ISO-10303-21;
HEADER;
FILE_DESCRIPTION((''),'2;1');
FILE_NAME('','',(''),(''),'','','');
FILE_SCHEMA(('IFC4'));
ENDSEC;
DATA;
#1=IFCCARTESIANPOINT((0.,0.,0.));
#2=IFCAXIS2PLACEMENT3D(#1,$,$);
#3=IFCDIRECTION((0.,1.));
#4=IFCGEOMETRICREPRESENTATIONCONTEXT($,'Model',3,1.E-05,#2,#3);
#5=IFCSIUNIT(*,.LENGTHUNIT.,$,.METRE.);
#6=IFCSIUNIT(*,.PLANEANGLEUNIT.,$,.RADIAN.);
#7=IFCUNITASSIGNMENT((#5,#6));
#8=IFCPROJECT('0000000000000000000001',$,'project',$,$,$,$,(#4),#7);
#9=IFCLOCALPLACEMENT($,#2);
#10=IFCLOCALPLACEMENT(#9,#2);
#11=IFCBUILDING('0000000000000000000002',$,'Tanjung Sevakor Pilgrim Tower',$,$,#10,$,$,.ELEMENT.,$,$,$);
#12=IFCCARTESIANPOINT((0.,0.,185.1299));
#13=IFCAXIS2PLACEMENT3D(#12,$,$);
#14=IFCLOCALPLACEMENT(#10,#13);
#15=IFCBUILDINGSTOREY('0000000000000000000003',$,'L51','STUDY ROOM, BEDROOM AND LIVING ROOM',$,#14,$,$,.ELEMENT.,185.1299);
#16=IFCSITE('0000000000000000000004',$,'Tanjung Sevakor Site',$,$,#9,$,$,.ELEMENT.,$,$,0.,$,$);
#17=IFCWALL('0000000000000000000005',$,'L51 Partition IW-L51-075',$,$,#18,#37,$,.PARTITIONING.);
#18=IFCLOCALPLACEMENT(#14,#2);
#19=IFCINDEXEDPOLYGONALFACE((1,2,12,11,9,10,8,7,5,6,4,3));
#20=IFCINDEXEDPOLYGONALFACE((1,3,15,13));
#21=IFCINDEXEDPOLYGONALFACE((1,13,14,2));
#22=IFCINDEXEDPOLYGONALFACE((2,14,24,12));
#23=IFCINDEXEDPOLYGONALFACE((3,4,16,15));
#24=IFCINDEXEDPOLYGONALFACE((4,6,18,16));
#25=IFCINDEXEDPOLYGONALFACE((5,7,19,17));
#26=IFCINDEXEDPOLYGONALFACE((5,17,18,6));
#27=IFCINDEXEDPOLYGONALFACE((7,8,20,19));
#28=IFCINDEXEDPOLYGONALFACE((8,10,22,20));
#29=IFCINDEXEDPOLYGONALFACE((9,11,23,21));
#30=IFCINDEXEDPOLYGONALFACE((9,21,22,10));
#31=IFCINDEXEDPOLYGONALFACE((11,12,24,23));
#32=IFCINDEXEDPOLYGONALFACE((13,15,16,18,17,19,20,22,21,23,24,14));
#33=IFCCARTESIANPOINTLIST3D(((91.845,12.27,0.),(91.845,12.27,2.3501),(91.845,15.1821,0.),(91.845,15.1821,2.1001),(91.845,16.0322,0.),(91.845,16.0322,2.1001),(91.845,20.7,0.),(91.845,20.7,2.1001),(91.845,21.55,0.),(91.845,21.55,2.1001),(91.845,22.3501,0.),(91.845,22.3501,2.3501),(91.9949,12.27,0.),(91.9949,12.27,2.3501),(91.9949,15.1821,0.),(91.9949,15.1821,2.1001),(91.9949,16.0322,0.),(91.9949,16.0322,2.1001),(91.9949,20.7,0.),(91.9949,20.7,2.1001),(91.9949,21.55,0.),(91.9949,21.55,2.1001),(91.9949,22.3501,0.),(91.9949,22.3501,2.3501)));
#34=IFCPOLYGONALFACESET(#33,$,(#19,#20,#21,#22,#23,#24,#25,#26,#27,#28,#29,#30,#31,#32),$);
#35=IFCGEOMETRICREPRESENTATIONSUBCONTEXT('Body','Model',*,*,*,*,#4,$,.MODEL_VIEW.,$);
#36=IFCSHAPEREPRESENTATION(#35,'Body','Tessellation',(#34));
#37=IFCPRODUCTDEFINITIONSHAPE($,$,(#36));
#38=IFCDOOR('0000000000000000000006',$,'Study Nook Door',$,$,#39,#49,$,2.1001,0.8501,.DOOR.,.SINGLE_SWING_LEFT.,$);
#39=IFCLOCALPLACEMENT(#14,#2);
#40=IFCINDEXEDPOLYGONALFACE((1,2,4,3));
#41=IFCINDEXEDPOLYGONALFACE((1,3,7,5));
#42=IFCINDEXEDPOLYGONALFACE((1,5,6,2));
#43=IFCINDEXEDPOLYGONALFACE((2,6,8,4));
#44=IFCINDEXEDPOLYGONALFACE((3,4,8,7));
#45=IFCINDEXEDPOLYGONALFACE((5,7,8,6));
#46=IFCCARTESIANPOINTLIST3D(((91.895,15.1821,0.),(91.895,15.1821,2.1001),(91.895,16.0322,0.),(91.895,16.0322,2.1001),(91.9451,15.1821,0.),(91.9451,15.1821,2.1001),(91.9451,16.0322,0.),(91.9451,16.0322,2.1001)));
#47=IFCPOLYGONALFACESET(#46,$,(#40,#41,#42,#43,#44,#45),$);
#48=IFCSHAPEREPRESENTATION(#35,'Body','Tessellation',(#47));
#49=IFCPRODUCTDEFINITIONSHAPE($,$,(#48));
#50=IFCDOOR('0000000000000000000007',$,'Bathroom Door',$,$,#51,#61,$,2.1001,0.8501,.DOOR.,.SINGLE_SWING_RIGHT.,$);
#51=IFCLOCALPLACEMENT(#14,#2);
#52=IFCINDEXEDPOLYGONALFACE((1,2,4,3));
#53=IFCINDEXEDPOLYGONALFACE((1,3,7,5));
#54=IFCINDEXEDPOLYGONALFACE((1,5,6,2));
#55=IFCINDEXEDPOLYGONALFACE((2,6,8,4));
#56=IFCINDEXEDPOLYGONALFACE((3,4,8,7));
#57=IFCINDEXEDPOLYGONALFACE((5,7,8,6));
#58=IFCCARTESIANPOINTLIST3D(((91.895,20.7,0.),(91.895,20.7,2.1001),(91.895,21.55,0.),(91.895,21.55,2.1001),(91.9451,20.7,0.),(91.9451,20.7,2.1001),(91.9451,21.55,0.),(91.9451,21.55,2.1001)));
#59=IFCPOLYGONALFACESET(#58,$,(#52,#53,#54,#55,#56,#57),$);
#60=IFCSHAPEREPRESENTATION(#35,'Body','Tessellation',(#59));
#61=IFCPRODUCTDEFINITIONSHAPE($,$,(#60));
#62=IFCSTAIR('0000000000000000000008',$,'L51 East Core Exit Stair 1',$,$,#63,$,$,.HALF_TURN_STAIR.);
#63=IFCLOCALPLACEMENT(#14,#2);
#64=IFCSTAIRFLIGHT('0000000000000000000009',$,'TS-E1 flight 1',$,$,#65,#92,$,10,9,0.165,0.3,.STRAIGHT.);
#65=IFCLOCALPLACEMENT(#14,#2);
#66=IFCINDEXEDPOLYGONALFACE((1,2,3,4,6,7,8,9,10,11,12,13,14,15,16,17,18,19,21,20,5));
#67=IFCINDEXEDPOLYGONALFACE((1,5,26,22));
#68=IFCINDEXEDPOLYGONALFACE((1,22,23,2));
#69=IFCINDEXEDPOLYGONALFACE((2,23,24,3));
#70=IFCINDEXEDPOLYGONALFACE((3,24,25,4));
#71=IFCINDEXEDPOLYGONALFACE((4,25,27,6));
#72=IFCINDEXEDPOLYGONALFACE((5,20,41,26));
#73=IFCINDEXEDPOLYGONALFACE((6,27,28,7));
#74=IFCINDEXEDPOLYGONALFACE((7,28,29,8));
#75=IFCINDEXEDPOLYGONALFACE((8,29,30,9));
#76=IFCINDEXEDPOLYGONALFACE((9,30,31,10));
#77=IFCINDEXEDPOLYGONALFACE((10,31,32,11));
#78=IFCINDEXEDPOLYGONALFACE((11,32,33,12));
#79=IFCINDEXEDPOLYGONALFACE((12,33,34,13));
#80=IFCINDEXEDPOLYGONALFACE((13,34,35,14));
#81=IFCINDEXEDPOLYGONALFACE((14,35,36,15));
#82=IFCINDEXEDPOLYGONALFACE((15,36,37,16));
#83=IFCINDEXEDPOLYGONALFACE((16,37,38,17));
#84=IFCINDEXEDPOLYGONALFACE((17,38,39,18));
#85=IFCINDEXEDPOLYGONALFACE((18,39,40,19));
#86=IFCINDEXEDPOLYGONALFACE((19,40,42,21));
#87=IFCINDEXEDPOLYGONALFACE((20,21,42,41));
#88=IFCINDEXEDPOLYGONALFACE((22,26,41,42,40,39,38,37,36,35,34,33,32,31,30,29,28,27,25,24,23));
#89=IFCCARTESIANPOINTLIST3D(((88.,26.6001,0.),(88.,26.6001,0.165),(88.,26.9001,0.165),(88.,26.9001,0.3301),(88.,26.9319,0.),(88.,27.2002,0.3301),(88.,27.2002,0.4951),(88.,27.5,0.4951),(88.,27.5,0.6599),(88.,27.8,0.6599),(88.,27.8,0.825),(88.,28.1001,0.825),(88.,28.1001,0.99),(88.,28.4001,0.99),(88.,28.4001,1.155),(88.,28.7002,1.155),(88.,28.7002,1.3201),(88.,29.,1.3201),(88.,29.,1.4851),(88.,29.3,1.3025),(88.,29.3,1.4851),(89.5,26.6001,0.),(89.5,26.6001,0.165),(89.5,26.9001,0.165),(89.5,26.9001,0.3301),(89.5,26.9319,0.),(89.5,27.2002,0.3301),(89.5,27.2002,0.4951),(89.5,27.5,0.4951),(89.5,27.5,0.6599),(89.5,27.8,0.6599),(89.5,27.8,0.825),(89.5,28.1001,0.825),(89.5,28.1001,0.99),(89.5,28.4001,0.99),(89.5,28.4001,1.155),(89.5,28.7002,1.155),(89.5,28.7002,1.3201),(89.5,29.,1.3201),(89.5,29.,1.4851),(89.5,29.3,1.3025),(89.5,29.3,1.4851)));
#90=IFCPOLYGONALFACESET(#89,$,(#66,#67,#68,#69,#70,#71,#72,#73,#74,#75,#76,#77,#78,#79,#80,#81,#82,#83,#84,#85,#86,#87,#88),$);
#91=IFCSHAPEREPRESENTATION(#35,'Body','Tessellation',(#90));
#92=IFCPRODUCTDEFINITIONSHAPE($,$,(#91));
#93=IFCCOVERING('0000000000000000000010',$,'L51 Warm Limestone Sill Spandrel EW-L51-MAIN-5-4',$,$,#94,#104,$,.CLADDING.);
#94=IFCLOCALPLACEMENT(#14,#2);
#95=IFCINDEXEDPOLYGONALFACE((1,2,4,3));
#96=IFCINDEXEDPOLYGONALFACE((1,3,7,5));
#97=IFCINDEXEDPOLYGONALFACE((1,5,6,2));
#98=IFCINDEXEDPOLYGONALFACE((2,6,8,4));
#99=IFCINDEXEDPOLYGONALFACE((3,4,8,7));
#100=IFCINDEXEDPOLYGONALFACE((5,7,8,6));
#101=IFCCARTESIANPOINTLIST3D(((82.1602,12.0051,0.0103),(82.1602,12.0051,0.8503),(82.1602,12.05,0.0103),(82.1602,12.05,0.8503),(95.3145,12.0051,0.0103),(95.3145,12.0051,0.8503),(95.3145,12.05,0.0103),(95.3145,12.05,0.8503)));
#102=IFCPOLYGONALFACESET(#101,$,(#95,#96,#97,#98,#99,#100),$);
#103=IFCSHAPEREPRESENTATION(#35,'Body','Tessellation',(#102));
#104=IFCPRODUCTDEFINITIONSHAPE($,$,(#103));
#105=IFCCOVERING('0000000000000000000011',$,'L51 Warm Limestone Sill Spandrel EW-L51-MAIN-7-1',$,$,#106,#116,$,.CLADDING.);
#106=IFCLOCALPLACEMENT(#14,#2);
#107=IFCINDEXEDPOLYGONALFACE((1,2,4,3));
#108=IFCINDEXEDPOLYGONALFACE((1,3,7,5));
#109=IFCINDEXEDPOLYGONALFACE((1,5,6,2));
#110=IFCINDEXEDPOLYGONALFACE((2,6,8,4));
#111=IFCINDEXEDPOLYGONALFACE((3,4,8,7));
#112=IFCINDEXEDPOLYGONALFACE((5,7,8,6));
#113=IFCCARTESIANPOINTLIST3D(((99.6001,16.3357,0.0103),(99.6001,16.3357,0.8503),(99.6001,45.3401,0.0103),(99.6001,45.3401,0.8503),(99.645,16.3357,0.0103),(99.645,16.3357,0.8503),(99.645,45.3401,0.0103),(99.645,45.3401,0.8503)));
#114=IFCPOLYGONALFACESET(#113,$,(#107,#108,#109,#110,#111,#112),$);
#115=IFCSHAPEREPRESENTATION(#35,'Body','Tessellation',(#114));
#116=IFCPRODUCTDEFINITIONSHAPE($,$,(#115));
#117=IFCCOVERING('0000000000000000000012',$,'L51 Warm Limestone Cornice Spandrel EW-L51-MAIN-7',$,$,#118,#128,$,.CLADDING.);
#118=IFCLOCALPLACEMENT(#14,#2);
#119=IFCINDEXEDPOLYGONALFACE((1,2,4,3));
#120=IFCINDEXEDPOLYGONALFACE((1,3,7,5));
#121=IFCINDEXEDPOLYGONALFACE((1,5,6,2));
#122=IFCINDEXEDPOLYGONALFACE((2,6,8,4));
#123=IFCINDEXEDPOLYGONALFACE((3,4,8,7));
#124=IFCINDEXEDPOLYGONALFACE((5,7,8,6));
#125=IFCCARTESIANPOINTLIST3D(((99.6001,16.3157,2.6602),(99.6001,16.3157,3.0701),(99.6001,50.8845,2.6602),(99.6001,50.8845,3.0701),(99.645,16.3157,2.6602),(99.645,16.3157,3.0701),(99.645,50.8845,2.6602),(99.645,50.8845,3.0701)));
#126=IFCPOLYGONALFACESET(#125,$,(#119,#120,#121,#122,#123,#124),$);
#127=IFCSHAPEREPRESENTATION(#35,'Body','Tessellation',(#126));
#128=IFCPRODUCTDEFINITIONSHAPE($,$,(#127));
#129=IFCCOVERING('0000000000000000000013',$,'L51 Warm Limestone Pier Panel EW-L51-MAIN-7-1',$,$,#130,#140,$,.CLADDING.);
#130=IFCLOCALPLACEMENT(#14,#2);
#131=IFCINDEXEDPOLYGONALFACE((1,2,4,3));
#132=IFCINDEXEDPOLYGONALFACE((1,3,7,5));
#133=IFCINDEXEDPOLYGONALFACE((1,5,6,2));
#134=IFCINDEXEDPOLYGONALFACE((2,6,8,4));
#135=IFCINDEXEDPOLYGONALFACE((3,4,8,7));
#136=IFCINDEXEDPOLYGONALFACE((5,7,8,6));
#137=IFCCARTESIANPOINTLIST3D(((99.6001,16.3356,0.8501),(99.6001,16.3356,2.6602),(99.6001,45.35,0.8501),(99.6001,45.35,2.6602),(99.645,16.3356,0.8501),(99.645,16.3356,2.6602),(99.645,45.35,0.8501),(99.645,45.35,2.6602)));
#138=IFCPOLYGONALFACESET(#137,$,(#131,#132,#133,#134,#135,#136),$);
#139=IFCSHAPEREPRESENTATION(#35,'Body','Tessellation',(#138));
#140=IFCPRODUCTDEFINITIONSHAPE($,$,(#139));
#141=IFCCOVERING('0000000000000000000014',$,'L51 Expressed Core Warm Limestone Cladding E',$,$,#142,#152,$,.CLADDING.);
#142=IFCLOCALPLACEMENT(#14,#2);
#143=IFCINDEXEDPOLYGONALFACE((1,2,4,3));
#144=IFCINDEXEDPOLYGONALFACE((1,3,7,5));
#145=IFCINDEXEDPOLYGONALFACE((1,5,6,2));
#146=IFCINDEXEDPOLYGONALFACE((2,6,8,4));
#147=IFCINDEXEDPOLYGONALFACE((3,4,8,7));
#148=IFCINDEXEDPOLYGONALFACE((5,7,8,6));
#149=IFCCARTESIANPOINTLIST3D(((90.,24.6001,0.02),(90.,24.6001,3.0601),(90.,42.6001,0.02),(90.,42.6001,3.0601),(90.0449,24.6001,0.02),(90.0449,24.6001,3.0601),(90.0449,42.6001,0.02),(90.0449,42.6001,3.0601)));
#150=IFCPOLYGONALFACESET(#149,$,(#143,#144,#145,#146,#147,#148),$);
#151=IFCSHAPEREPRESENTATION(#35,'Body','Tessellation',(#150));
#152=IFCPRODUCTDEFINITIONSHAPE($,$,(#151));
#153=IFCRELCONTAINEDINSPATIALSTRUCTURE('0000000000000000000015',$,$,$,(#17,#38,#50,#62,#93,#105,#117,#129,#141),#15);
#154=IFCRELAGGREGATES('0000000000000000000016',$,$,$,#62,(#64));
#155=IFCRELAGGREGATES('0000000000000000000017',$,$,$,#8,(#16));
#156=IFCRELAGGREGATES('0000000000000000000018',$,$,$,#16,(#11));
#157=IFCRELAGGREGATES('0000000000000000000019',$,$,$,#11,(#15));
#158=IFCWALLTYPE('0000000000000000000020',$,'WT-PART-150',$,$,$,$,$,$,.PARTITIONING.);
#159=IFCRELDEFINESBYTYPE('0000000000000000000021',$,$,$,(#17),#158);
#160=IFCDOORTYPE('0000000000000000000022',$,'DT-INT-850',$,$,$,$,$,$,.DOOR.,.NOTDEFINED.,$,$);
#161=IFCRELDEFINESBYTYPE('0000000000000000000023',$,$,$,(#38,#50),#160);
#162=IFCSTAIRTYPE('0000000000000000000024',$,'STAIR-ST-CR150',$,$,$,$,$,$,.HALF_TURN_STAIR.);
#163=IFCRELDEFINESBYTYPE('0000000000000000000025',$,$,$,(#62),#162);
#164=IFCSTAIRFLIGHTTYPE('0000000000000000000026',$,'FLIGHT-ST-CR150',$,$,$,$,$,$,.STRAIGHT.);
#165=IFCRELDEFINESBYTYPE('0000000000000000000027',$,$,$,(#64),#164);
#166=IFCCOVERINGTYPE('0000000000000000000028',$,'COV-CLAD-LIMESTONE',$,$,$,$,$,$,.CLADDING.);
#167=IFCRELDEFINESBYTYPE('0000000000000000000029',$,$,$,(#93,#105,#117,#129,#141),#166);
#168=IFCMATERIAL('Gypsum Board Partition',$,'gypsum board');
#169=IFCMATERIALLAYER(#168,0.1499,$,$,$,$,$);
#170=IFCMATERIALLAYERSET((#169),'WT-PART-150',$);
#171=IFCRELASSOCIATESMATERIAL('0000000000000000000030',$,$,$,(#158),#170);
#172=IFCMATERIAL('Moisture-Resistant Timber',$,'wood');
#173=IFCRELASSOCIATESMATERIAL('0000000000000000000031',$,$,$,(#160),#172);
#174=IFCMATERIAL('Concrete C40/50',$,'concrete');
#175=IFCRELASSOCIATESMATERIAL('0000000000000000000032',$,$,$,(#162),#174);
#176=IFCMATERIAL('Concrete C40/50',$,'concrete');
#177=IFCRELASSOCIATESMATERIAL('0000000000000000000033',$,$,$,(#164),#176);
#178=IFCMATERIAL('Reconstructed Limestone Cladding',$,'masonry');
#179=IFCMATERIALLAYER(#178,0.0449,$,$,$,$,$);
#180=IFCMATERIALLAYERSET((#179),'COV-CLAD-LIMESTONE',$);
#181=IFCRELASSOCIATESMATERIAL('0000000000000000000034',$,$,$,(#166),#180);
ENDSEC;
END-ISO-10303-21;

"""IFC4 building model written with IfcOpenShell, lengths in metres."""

from ifc_helpers import new_model, si_unit, direction, frame, frame_2d, origin, origin_2d, place, context, subcontext, project, spatial, polyline, rectangle, outline, extrude, material, layer, layer_set, type_object, element, fill, aggregate, save


model = new_model("IFC4")

# Units and contexts
model_context = context("Model", 3, precision=1e-05, world=origin(), true_north=direction((0.0, 1.0)))
body_context = subcontext(model_context, "Body", "Model", "MODEL_VIEW")
ifc_project = project(units=[si_unit("LENGTHUNIT", "METRE"), si_unit("PLANEANGLEUNIT", "RADIAN")], contexts=[model_context])

# Site, building, storey
site_placement = place(None, origin())
site = spatial("IfcSite", under=ifc_project, at=site_placement, Name="Tanjung Sevakor Site", CompositionType="ELEMENT", RefElevation=0.0)
building_placement = place(site_placement, origin())
building = spatial("IfcBuilding", under=site, at=building_placement, Name="Tanjung Sevakor Pilgrim Tower", CompositionType="ELEMENT")
storey_placement = place(building_placement, frame((0.0, 0.0, 185.1299)))
storey = spatial("IfcBuildingStorey", under=building, at=storey_placement, Name="L51", Description="STUDY ROOM, BEDROOM AND LIVING ROOM", CompositionType="ELEMENT", Elevation=185.1299)

# Wall, openings, doors
ifc_material_1 = material(Name="Gypsum Board Partition", Category="gypsum board")
ifc_layer_1 = layer(ifc_material_1, 0.1499)
ifc_layer_set_1 = layer_set([ifc_layer_1], Name="WT-PART-150")
wall_type_1 = type_object("IfcWallType", Name="WT-PART-150", PredefinedType="PARTITIONING", material=ifc_layer_set_1)
wall_1_placement = place(storey_placement, frame((91.9199, 12.27, 0.0), z_axis=(0.0, 0.0, 1.0), x_axis=(0.0, 1.0, 0.0)))
wall_1 = element("IfcWall", 1, at=wall_1_placement, inside=storey, type_object=wall_type_1, Name="L51 Partition IW-L51-075", PredefinedType="PARTITIONING", context=body_context, shape_type="SweptSolid", body=[
    extrude(rectangle(XDim=10.0801, YDim=0.1499, at=frame_2d((5.04, 0.0))), origin(), (0.0, 0.0, 1.0), 2.3501),
])
opening_1_placement = place(wall_1_placement, frame((2.9121, 0.0, 0.0)))
opening_1 = element("IfcOpeningElement", 2, at=opening_1_placement, cuts=wall_1, PredefinedType="OPENING", context=body_context, shape_type="SweptSolid", body=[
    extrude(rectangle(XDim=0.8501, YDim=2.1001, at=frame_2d((0.425, 1.05))), frame((0.0, 0.085, 0.0), z_axis=(0.0, -1.0, 0.0), x_axis=(1.0, 0.0, 0.0)), (0.0, 0.0, 1.0), 0.1699),
])
opening_2_placement = place(wall_1_placement, frame((8.4299, 0.0, 0.0)))
opening_2 = element("IfcOpeningElement", 3, at=opening_2_placement, cuts=wall_1, PredefinedType="OPENING", context=body_context, shape_type="SweptSolid", body=[
    extrude(rectangle(XDim=0.8501, YDim=2.1001, at=frame_2d((0.425, 1.05))), frame((0.0, 0.085, 0.0), z_axis=(0.0, -1.0, 0.0), x_axis=(1.0, 0.0, 0.0)), (0.0, 0.0, 1.0), 0.1699),
])
ifc_material_2 = material(Name="Moisture-Resistant Timber", Category="wood")
door_type_1 = type_object("IfcDoorType", Name="DT-INT-850", OperationType="NOTDEFINED", PredefinedType="DOOR", material=ifc_material_2)
door_1_placement = place(opening_1_placement, origin())
door_1 = element("IfcDoor", 4, at=door_1_placement, inside=storey, type_object=door_type_1, Name="Study Nook Door", OperationType="SINGLE_SWING_LEFT", OverallHeight=2.1001, OverallWidth=0.8501, PredefinedType="DOOR", context=body_context, shape_type="SweptSolid", body=[
    extrude(rectangle(XDim=0.8501, YDim=2.1001, at=frame_2d((0.425, 1.05))), frame((0.0, 0.0249, 0.0), z_axis=(0.0, -1.0, 0.0), x_axis=(1.0, 0.0, 0.0)), (0.0, 0.0, 1.0), 0.05),
])
fill(opening_1, door_1)
door_2_placement = place(opening_2_placement, origin())
door_2 = element("IfcDoor", 5, at=door_2_placement, inside=storey, type_object=door_type_1, Name="Bathroom Door", OperationType="SINGLE_SWING_RIGHT", OverallHeight=2.1001, OverallWidth=0.8501, PredefinedType="DOOR", context=body_context, shape_type="SweptSolid", body=[
    extrude(rectangle(XDim=0.8501, YDim=2.1001, at=frame_2d((0.425, 1.05))), frame((0.0, 0.0249, 0.0), z_axis=(0.0, -1.0, 0.0), x_axis=(1.0, 0.0, 0.0)), (0.0, 0.0, 1.0), 0.05),
])
fill(opening_2, door_2)

# Stair, stair flight
ifc_material_3 = material(Name="Concrete C40/50", Category="concrete")
stair_type = type_object("IfcStairType", Name="STAIR-ST-CR150", PredefinedType="HALF_TURN_STAIR", material=ifc_material_3)
stair_placement = place(storey_placement, origin())
stair = element("IfcStair", 6, at=stair_placement, inside=storey, type_object=stair_type, Name="L51 East Core Exit Stair 1", PredefinedType="HALF_TURN_STAIR")
ifc_material_4 = material(Name="Concrete C40/50", Category="concrete")
stair_flight_type = type_object("IfcStairFlightType", Name="FLIGHT-ST-CR150", PredefinedType="STRAIGHT", material=ifc_material_4)
stair_flight_placement = place(storey_placement, frame((88.75, 26.6001, 0.0), z_axis=(0.0, 0.0, 1.0), x_axis=(0.0, 1.0, 0.0)))
stair_flight = element("IfcStairFlight", 7, at=stair_flight_placement, type_object=stair_flight_type, Name="TS-E1 flight 1", NumberOfRisers=10, NumberOfTreads=9, PredefinedType="STRAIGHT", RiserHeight=0.165, TreadLength=0.3, context=body_context, shape_type="SweptSolid", body=[
    extrude(outline(polyline([(0.0, 0.0), (0.0, 0.165), (0.3, 0.165), (0.3, 0.3301), (0.6001, 0.3301), (0.6001, 0.4951), (0.8999, 0.4951), (0.8999, 0.6599), (1.2, 0.6599), (1.2, 0.825), (1.5, 0.825), (1.5, 0.99), (1.8, 0.99), (1.8, 1.155), (2.1001, 1.155), (2.1001, 1.3201), (2.3999, 1.3201), (2.3999, 1.4851), (2.7, 1.4851), (2.7, 1.6499), (2.7, 1.3025), (0.3318, 0.0), (0.0, 0.0)])), frame((0.0, 0.75, 0.0), z_axis=(0.0, -1.0, 0.0), x_axis=(1.0, 0.0, 0.0)), (0.0, 0.0, 1.0), 1.5),
])
aggregate(stair, [stair_flight])

# Coverings
ifc_material_5 = material(Name="Reconstructed Limestone Cladding", Category="masonry")
ifc_layer_2 = layer(ifc_material_5, 0.0449)
ifc_layer_set_2 = layer_set([ifc_layer_2], Name="COV-CLAD-LIMESTONE")
covering_type = type_object("IfcCoveringType", Name="COV-CLAD-LIMESTONE", PredefinedType="CLADDING", material=ifc_layer_set_2)
covering_1_placement = place(storey_placement, frame((88.7373, 12.0276, 0.0103), z_axis=(0.0, 0.0, 1.0), x_axis=(1.0, 0.0, 0.0)))
element("IfcCovering", 8, at=covering_1_placement, inside=storey, type_object=covering_type, Name="L51 Warm Limestone Sill Spandrel EW-L51-MAIN-5-4", PredefinedType="CLADDING", context=body_context, shape_type="SweptSolid", body=[
    extrude(rectangle(XDim=13.1543, YDim=0.0449, at=origin_2d()), origin(), (0.0, 0.0, 1.0), 0.8401),
])
covering_2_placement = place(storey_placement, frame((99.6226, 30.8379, 0.0103), z_axis=(0.0, 0.0, 1.0), x_axis=(0.0, 1.0, 0.0)))
element("IfcCovering", 9, at=covering_2_placement, inside=storey, type_object=covering_type, Name="L51 Warm Limestone Sill Spandrel EW-L51-MAIN-7-1", PredefinedType="CLADDING", context=body_context, shape_type="SweptSolid", body=[
    extrude(rectangle(XDim=29.0044, YDim=0.0449, at=origin_2d()), origin(), (0.0, 0.0, 1.0), 0.8401),
])
covering_3_placement = place(storey_placement, frame((99.6226, 33.6001, 2.6602), z_axis=(0.0, 0.0, 1.0), x_axis=(0.0, 1.0, 0.0)))
element("IfcCovering", 10, at=covering_3_placement, inside=storey, type_object=covering_type, Name="L51 Warm Limestone Cornice Spandrel EW-L51-MAIN-7", PredefinedType="CLADDING", context=body_context, shape_type="SweptSolid", body=[
    extrude(rectangle(XDim=34.5688, YDim=0.0449, at=origin_2d()), origin(), (0.0, 0.0, 1.0), 0.4099),
])
covering_4_placement = place(storey_placement, frame((99.6226, 30.8428, 0.8501), z_axis=(0.0, 0.0, 1.0), x_axis=(0.0, 1.0, 0.0)))
element("IfcCovering", 11, at=covering_4_placement, inside=storey, type_object=covering_type, Name="L51 Warm Limestone Pier Panel EW-L51-MAIN-7-1", PredefinedType="CLADDING", context=body_context, shape_type="SweptSolid", body=[
    extrude(rectangle(XDim=29.0144, YDim=0.0449, at=origin_2d()), origin(), (0.0, 0.0, 1.0), 1.8101),
])
covering_5_placement = place(storey_placement, frame((90.0225, 33.6001, 0.02), z_axis=(0.0, 0.0, 1.0), x_axis=(1.0, 0.0, 0.0)))
element("IfcCovering", 12, at=covering_5_placement, inside=storey, type_object=covering_type, Name="L51 Expressed Core Warm Limestone Cladding E", PredefinedType="CLADDING", context=body_context, shape_type="SweptSolid", body=[
    extrude(rectangle(XDim=0.0449, YDim=18.0, at=origin_2d()), origin(), (0.0, 0.0, 1.0), 3.04),
])

save(model, "model.ifc")
